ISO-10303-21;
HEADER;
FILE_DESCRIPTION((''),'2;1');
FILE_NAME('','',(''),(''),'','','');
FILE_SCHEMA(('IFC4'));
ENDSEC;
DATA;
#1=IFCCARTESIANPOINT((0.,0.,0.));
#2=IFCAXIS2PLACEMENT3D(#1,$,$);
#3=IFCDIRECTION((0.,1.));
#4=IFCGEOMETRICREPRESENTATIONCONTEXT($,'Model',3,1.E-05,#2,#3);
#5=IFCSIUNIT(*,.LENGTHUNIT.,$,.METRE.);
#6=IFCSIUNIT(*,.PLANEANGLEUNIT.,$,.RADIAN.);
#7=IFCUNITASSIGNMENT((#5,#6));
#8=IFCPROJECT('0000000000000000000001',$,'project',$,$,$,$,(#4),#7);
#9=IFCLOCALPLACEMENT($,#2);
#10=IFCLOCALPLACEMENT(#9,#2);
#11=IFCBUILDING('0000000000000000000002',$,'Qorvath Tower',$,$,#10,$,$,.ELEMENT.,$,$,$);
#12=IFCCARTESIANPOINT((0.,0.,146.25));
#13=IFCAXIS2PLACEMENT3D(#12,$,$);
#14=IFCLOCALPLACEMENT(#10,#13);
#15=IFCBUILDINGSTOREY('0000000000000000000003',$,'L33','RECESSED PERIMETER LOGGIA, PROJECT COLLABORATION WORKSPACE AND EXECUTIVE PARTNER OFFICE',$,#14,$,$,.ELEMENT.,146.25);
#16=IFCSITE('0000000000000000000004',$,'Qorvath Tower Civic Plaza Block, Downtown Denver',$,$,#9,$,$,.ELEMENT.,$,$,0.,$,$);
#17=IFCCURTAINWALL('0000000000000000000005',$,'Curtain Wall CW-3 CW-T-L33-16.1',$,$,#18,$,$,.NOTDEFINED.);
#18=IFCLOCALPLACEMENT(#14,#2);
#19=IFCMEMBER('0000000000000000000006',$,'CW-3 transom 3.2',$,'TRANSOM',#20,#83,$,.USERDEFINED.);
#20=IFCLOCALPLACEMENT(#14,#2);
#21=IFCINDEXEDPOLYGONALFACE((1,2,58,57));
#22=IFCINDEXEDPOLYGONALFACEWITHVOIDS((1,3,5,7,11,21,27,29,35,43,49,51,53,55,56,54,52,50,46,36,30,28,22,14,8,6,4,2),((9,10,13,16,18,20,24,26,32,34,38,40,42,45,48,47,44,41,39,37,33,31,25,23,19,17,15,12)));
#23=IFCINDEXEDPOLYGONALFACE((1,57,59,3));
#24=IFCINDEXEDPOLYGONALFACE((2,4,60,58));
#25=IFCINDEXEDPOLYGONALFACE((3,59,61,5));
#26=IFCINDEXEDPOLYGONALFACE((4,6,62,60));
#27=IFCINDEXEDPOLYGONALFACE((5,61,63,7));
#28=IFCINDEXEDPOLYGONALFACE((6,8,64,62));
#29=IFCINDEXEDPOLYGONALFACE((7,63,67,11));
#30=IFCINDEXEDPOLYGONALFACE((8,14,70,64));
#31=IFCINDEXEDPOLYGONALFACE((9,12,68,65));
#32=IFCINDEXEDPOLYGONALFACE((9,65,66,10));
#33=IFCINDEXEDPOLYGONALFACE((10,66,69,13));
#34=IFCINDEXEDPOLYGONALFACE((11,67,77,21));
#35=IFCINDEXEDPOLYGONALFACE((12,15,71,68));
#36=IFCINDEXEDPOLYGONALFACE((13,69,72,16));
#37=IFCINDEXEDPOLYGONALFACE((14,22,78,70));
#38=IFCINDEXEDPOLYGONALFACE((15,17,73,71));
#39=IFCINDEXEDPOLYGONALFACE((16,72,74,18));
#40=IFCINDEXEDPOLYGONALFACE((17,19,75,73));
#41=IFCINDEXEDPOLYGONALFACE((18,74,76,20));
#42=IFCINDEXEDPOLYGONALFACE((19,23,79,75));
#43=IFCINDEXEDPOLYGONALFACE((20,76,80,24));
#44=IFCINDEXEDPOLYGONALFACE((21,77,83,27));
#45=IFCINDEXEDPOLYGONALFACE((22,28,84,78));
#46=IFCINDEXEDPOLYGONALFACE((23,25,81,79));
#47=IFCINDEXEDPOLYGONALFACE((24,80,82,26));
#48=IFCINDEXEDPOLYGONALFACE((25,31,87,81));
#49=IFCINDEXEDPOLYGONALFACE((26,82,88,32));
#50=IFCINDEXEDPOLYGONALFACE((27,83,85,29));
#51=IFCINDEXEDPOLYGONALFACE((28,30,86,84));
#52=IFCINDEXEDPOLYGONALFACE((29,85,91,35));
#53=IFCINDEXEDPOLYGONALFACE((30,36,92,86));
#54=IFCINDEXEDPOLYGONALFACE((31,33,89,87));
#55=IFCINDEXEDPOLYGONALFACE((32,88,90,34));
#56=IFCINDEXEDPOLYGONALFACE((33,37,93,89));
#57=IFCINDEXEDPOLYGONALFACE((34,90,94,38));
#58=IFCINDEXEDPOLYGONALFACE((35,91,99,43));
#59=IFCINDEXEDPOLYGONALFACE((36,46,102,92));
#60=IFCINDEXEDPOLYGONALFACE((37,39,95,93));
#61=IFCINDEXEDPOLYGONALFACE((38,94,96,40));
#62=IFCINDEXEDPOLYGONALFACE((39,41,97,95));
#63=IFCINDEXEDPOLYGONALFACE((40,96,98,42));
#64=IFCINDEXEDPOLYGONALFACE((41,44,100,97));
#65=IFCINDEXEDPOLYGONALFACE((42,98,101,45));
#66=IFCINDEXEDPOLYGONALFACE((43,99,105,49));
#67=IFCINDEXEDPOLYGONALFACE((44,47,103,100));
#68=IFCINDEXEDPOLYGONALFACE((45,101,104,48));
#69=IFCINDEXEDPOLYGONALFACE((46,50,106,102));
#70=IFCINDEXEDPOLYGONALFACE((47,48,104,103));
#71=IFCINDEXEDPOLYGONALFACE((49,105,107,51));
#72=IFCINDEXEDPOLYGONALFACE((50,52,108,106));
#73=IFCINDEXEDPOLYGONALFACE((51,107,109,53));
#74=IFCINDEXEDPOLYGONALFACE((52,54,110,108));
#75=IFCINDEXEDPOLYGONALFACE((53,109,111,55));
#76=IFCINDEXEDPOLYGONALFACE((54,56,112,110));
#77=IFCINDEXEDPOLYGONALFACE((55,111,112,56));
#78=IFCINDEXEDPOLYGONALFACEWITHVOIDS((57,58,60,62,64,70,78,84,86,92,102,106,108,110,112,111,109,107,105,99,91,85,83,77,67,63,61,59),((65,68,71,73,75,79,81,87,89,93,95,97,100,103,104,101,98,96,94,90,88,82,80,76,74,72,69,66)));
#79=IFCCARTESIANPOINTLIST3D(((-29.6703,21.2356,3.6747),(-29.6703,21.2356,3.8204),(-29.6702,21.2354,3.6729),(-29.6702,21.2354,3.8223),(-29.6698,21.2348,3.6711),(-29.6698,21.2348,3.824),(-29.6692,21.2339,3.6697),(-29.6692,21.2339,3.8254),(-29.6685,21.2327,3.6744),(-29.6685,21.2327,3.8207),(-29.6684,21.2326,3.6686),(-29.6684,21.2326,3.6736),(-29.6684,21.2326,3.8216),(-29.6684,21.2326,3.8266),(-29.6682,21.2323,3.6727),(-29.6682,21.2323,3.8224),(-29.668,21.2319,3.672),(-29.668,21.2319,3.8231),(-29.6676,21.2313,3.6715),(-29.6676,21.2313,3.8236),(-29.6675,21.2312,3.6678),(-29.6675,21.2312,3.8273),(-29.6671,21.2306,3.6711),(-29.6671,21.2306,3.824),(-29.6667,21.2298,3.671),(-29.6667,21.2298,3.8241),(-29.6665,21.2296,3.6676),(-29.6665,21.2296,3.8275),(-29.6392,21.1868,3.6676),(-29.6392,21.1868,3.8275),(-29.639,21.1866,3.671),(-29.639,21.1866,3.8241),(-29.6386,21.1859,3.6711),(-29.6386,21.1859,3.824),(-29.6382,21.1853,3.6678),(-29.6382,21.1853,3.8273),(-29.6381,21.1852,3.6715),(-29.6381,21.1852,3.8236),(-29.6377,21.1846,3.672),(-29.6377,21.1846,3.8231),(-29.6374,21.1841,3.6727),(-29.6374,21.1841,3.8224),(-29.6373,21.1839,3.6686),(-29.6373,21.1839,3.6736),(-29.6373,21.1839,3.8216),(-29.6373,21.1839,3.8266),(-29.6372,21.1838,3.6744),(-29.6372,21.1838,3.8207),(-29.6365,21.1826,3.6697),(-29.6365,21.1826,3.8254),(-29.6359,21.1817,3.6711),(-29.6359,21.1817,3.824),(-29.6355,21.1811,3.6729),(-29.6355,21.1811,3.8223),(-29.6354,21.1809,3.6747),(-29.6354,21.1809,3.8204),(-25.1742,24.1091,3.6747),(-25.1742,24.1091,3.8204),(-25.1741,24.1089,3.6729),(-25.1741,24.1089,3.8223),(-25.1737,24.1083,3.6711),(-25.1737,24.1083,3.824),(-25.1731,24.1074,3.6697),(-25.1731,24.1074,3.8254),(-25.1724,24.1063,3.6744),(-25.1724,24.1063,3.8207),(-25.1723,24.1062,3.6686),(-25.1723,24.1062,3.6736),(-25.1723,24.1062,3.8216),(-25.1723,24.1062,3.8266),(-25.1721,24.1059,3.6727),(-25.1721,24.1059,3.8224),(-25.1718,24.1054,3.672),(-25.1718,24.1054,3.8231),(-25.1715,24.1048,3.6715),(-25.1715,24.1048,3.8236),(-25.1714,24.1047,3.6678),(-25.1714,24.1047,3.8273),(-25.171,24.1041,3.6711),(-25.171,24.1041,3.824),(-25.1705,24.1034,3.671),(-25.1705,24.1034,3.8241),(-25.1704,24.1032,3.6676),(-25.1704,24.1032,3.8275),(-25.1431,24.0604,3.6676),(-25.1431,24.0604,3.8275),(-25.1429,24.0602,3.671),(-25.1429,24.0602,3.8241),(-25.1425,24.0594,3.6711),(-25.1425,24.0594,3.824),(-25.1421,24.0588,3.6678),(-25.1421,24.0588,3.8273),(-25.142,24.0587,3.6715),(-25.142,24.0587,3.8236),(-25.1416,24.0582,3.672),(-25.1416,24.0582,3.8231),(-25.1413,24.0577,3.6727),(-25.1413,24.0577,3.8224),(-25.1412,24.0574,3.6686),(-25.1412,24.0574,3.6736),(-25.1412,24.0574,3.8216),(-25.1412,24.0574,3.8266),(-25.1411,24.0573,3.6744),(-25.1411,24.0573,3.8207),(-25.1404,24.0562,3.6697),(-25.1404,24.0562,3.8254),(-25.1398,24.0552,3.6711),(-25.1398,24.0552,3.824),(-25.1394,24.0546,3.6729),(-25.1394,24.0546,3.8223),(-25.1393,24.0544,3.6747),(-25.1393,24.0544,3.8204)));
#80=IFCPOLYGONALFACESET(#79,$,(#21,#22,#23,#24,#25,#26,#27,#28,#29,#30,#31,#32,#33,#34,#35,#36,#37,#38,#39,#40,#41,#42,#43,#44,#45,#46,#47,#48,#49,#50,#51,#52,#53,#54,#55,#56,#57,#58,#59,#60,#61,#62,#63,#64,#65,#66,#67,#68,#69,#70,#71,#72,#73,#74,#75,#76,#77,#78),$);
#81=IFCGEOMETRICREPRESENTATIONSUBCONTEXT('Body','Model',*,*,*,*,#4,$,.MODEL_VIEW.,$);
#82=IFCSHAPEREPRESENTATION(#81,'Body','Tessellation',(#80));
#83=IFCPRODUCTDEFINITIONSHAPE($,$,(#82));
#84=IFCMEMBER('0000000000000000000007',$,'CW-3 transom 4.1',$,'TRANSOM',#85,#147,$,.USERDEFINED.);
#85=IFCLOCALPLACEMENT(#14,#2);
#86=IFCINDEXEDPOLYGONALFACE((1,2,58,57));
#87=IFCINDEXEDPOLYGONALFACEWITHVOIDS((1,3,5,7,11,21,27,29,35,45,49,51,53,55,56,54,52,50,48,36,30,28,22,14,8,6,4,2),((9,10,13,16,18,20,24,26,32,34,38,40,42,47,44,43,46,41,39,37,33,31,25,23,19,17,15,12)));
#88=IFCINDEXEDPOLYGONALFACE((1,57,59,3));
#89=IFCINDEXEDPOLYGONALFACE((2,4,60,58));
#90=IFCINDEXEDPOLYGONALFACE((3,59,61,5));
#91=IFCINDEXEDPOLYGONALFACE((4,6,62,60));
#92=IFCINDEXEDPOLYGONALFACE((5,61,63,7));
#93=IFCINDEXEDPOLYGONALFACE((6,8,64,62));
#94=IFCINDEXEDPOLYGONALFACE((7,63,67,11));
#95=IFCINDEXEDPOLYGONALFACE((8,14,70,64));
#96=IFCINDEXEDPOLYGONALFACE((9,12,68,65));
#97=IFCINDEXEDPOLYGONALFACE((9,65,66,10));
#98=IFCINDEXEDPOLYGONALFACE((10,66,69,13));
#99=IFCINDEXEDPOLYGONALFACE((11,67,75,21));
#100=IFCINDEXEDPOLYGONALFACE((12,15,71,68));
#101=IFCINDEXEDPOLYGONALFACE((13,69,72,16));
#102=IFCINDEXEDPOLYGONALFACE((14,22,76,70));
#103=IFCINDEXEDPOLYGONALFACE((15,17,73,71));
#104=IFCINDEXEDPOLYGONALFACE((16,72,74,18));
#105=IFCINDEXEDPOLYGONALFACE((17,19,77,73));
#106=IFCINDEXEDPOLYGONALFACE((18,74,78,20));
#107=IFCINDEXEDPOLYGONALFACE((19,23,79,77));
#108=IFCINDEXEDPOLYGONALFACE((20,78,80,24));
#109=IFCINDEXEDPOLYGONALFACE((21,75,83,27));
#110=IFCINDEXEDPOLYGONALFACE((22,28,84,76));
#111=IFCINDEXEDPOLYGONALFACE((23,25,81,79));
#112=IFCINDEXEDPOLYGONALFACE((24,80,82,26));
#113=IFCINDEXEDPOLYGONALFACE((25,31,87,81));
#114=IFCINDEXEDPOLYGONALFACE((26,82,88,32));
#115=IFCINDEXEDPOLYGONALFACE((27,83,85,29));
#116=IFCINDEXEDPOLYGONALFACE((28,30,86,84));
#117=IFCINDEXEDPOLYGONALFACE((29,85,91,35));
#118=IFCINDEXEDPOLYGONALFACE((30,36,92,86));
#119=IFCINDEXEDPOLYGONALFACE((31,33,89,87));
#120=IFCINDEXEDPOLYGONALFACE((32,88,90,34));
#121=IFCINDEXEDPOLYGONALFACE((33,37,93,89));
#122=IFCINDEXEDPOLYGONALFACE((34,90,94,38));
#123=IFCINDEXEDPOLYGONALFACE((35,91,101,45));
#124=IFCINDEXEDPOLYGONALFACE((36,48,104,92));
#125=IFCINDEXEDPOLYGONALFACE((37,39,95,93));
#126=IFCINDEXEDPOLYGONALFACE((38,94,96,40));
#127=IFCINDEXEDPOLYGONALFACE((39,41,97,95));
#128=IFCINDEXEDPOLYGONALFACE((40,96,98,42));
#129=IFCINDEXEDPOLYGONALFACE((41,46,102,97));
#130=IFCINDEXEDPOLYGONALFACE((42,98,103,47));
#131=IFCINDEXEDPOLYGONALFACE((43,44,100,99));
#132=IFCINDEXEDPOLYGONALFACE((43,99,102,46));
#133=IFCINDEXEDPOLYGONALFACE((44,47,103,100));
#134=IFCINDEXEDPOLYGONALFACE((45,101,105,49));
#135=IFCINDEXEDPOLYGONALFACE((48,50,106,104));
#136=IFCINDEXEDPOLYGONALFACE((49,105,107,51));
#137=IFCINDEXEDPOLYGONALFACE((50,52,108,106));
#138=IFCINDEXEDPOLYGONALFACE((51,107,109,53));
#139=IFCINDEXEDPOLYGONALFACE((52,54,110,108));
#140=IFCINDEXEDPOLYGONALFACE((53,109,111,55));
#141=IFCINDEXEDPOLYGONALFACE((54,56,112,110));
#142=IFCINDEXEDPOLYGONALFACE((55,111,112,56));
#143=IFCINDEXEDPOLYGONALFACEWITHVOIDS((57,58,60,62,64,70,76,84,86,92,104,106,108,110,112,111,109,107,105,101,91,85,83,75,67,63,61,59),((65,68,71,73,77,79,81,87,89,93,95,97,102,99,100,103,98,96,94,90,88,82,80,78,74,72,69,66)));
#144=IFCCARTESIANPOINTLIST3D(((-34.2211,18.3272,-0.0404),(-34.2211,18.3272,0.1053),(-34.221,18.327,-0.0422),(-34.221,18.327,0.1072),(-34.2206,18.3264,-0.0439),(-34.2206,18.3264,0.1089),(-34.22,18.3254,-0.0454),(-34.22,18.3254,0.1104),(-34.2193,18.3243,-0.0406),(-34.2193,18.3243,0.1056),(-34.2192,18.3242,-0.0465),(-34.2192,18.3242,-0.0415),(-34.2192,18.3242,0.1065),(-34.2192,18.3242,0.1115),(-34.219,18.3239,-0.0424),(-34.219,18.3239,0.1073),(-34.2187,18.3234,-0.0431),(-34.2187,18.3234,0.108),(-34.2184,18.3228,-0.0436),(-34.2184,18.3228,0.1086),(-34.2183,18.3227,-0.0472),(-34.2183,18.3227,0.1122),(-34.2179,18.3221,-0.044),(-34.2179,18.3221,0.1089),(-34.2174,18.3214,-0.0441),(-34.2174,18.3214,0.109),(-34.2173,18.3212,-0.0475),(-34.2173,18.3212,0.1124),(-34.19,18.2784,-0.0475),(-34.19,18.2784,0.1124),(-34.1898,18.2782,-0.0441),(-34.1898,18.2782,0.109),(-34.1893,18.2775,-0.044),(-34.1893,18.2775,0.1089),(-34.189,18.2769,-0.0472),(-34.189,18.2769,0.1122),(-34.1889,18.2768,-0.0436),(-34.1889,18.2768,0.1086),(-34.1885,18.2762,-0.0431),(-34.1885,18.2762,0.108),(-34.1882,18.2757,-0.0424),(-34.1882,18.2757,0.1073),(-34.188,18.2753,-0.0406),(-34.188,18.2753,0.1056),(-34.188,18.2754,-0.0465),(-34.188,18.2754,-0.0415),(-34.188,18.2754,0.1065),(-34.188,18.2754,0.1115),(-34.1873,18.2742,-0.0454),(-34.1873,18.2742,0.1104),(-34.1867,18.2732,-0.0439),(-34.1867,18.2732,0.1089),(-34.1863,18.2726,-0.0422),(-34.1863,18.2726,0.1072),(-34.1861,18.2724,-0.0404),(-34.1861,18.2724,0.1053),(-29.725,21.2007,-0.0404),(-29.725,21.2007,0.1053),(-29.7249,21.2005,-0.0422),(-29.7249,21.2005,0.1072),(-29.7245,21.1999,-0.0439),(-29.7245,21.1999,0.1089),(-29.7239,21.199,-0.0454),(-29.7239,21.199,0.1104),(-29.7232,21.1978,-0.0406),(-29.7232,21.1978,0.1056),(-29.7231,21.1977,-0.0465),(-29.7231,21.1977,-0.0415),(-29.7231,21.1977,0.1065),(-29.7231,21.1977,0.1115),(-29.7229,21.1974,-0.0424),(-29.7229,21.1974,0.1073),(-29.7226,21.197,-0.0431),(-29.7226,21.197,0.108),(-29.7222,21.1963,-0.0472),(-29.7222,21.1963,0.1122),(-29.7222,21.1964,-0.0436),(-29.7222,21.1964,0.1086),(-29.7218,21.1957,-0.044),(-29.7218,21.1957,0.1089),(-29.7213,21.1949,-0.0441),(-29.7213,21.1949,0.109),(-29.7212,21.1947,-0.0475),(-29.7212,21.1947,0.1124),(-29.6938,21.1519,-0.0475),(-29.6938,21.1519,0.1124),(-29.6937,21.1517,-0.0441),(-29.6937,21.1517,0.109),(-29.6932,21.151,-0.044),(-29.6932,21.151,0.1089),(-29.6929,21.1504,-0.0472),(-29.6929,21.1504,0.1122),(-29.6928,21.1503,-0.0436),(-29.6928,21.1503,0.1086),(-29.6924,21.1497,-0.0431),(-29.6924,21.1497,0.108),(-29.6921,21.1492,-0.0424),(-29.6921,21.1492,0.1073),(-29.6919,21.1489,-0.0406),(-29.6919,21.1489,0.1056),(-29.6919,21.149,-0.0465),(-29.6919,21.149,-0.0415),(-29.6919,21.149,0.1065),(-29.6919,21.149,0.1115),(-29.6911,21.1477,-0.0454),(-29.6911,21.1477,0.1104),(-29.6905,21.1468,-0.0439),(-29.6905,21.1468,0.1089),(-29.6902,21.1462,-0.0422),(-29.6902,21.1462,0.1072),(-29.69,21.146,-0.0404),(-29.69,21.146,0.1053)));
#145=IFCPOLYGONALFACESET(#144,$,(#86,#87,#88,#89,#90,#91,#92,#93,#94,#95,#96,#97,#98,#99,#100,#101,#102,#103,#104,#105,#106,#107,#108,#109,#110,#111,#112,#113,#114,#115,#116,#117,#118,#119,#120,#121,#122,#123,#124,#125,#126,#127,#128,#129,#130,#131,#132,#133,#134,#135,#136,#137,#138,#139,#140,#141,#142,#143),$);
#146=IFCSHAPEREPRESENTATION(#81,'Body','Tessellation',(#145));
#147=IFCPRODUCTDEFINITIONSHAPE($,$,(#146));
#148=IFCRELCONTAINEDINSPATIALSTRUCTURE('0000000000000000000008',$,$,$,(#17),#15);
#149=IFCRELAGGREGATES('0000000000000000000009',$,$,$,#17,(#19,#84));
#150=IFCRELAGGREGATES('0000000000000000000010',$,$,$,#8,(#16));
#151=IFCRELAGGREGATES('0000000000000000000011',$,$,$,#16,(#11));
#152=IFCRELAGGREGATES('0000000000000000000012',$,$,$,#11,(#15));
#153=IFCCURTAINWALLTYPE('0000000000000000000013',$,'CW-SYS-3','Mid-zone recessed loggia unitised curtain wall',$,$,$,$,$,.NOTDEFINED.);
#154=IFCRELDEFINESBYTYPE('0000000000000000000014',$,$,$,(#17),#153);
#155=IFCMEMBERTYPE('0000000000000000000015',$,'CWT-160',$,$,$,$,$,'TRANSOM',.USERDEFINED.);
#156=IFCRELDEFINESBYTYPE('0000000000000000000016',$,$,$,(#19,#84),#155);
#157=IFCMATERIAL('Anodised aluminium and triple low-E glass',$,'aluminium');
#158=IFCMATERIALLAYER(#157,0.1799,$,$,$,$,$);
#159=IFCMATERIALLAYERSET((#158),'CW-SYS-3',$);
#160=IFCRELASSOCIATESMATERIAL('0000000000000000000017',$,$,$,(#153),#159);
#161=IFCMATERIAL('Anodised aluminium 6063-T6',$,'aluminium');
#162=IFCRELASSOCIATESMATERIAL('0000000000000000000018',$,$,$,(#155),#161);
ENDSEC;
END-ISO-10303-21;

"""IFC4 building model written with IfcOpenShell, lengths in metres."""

from ifc_helpers import new_model, si_unit, direction, frame, origin, origin_2d, place, context, subcontext, project, spatial, hollow_rectangle, extrude, material, layer, layer_set, material_profile, profile_set, type_object, element, aggregate, save


model = new_model("IFC4")

# Units and contexts
model_context = context("Model", 3, precision=1e-05, world=origin(), true_north=direction((0.0, 1.0)))
body_context = subcontext(model_context, "Body", "Model", "MODEL_VIEW")
ifc_project = project(units=[si_unit("LENGTHUNIT", "METRE"), si_unit("PLANEANGLEUNIT", "RADIAN")], contexts=[model_context])

# Site, building, storey
site_placement = place(None, origin())
site = spatial("IfcSite", under=ifc_project, at=site_placement, Name="Qorvath Tower Civic Plaza Block, Downtown Denver", CompositionType="ELEMENT", RefElevation=0.0)
building_placement = place(site_placement, origin())
building = spatial("IfcBuilding", under=site, at=building_placement, Name="Qorvath Tower", CompositionType="ELEMENT")
storey_placement = place(building_placement, frame((0.0, 0.0, 146.25)))
storey = spatial("IfcBuildingStorey", under=building, at=storey_placement, Name="L33", Description="RECESSED PERIMETER LOGGIA, PROJECT COLLABORATION WORKSPACE AND EXECUTIVE PARTNER OFFICE", CompositionType="ELEMENT", Elevation=146.25)

# Curtain wall, members
ifc_material_1 = material(Name="Anodised aluminium and triple low-E glass", Category="aluminium")
ifc_layer_1 = layer(ifc_material_1, 0.1799)
ifc_layer_set_1 = layer_set([ifc_layer_1], Name="CW-SYS-3")
curtain_wall_type = type_object("IfcCurtainWallType", Name="CW-SYS-3", Description="Mid-zone recessed loggia unitised curtain wall", PredefinedType="NOTDEFINED", material=ifc_layer_set_1)
curtain_wall_placement = place(storey_placement, origin())
curtain_wall = element("IfcCurtainWall", 1, at=curtain_wall_placement, inside=storey, type_object=curtain_wall_type, Name="Curtain Wall CW-3 CW-T-L33-16.1", PredefinedType="NOTDEFINED")
ifc_material_2 = material(Name="Anodised aluminium 6063-T6", Category="aluminium")
ifc_material_profile_1 = material_profile(ifc_material_2, hollow_rectangle(XDim=0.0649, YDim=0.1599, WallThickness=0.0034, InnerFilletRadius=0.0034, OuterFilletRadius=0.0071, at=origin_2d()), Name="CWT 160x65")
ifc_profile_set_1 = profile_set([ifc_material_profile_1], Name="Anodised aluminium 6063-T6")
member_type_1 = type_object("IfcMemberType", Name="CWT-160", ElementType="TRANSOM", PredefinedType="USERDEFINED", material=ifc_profile_set_1)
member_1_placement = place(storey_placement, frame((-25.1567, 24.0818, 3.7476), z_axis=(-0.842609, -0.538526, 0.0), x_axis=(0.538526, -0.842609, 0.0)))
member_1 = element("IfcMember", 2, at=member_1_placement, type_object=member_type_1, Name="CW-3 transom 3.2", ObjectType="TRANSOM", PredefinedType="USERDEFINED", context=body_context, shape_type="SweptSolid", body=[
    extrude(hollow_rectangle(XDim=0.0649, YDim=0.1599, WallThickness=0.0034, InnerFilletRadius=0.0034, OuterFilletRadius=0.0071, at=origin_2d()), origin(), (0.0, 0.0, 1.0), 5.3359),
])
member_2_placement = place(storey_placement, frame((-29.7075, 21.1733, 0.0325), z_axis=(-0.842609, -0.538526, 0.0), x_axis=(0.538526, -0.842609, 0.0)))
member_2 = element("IfcMember", 3, at=member_2_placement, type_object=member_type_1, Name="CW-3 transom 4.1", ObjectType="TRANSOM", PredefinedType="USERDEFINED", context=body_context, shape_type="SweptSolid", body=[
    extrude(hollow_rectangle(XDim=0.0649, YDim=0.1599, WallThickness=0.0034, InnerFilletRadius=0.0034, OuterFilletRadius=0.0071, at=origin_2d()), origin(), (0.0, 0.0, 1.0), 5.3359),
])
aggregate(curtain_wall, [member_1, member_2])

save(model, "model.ifc")
